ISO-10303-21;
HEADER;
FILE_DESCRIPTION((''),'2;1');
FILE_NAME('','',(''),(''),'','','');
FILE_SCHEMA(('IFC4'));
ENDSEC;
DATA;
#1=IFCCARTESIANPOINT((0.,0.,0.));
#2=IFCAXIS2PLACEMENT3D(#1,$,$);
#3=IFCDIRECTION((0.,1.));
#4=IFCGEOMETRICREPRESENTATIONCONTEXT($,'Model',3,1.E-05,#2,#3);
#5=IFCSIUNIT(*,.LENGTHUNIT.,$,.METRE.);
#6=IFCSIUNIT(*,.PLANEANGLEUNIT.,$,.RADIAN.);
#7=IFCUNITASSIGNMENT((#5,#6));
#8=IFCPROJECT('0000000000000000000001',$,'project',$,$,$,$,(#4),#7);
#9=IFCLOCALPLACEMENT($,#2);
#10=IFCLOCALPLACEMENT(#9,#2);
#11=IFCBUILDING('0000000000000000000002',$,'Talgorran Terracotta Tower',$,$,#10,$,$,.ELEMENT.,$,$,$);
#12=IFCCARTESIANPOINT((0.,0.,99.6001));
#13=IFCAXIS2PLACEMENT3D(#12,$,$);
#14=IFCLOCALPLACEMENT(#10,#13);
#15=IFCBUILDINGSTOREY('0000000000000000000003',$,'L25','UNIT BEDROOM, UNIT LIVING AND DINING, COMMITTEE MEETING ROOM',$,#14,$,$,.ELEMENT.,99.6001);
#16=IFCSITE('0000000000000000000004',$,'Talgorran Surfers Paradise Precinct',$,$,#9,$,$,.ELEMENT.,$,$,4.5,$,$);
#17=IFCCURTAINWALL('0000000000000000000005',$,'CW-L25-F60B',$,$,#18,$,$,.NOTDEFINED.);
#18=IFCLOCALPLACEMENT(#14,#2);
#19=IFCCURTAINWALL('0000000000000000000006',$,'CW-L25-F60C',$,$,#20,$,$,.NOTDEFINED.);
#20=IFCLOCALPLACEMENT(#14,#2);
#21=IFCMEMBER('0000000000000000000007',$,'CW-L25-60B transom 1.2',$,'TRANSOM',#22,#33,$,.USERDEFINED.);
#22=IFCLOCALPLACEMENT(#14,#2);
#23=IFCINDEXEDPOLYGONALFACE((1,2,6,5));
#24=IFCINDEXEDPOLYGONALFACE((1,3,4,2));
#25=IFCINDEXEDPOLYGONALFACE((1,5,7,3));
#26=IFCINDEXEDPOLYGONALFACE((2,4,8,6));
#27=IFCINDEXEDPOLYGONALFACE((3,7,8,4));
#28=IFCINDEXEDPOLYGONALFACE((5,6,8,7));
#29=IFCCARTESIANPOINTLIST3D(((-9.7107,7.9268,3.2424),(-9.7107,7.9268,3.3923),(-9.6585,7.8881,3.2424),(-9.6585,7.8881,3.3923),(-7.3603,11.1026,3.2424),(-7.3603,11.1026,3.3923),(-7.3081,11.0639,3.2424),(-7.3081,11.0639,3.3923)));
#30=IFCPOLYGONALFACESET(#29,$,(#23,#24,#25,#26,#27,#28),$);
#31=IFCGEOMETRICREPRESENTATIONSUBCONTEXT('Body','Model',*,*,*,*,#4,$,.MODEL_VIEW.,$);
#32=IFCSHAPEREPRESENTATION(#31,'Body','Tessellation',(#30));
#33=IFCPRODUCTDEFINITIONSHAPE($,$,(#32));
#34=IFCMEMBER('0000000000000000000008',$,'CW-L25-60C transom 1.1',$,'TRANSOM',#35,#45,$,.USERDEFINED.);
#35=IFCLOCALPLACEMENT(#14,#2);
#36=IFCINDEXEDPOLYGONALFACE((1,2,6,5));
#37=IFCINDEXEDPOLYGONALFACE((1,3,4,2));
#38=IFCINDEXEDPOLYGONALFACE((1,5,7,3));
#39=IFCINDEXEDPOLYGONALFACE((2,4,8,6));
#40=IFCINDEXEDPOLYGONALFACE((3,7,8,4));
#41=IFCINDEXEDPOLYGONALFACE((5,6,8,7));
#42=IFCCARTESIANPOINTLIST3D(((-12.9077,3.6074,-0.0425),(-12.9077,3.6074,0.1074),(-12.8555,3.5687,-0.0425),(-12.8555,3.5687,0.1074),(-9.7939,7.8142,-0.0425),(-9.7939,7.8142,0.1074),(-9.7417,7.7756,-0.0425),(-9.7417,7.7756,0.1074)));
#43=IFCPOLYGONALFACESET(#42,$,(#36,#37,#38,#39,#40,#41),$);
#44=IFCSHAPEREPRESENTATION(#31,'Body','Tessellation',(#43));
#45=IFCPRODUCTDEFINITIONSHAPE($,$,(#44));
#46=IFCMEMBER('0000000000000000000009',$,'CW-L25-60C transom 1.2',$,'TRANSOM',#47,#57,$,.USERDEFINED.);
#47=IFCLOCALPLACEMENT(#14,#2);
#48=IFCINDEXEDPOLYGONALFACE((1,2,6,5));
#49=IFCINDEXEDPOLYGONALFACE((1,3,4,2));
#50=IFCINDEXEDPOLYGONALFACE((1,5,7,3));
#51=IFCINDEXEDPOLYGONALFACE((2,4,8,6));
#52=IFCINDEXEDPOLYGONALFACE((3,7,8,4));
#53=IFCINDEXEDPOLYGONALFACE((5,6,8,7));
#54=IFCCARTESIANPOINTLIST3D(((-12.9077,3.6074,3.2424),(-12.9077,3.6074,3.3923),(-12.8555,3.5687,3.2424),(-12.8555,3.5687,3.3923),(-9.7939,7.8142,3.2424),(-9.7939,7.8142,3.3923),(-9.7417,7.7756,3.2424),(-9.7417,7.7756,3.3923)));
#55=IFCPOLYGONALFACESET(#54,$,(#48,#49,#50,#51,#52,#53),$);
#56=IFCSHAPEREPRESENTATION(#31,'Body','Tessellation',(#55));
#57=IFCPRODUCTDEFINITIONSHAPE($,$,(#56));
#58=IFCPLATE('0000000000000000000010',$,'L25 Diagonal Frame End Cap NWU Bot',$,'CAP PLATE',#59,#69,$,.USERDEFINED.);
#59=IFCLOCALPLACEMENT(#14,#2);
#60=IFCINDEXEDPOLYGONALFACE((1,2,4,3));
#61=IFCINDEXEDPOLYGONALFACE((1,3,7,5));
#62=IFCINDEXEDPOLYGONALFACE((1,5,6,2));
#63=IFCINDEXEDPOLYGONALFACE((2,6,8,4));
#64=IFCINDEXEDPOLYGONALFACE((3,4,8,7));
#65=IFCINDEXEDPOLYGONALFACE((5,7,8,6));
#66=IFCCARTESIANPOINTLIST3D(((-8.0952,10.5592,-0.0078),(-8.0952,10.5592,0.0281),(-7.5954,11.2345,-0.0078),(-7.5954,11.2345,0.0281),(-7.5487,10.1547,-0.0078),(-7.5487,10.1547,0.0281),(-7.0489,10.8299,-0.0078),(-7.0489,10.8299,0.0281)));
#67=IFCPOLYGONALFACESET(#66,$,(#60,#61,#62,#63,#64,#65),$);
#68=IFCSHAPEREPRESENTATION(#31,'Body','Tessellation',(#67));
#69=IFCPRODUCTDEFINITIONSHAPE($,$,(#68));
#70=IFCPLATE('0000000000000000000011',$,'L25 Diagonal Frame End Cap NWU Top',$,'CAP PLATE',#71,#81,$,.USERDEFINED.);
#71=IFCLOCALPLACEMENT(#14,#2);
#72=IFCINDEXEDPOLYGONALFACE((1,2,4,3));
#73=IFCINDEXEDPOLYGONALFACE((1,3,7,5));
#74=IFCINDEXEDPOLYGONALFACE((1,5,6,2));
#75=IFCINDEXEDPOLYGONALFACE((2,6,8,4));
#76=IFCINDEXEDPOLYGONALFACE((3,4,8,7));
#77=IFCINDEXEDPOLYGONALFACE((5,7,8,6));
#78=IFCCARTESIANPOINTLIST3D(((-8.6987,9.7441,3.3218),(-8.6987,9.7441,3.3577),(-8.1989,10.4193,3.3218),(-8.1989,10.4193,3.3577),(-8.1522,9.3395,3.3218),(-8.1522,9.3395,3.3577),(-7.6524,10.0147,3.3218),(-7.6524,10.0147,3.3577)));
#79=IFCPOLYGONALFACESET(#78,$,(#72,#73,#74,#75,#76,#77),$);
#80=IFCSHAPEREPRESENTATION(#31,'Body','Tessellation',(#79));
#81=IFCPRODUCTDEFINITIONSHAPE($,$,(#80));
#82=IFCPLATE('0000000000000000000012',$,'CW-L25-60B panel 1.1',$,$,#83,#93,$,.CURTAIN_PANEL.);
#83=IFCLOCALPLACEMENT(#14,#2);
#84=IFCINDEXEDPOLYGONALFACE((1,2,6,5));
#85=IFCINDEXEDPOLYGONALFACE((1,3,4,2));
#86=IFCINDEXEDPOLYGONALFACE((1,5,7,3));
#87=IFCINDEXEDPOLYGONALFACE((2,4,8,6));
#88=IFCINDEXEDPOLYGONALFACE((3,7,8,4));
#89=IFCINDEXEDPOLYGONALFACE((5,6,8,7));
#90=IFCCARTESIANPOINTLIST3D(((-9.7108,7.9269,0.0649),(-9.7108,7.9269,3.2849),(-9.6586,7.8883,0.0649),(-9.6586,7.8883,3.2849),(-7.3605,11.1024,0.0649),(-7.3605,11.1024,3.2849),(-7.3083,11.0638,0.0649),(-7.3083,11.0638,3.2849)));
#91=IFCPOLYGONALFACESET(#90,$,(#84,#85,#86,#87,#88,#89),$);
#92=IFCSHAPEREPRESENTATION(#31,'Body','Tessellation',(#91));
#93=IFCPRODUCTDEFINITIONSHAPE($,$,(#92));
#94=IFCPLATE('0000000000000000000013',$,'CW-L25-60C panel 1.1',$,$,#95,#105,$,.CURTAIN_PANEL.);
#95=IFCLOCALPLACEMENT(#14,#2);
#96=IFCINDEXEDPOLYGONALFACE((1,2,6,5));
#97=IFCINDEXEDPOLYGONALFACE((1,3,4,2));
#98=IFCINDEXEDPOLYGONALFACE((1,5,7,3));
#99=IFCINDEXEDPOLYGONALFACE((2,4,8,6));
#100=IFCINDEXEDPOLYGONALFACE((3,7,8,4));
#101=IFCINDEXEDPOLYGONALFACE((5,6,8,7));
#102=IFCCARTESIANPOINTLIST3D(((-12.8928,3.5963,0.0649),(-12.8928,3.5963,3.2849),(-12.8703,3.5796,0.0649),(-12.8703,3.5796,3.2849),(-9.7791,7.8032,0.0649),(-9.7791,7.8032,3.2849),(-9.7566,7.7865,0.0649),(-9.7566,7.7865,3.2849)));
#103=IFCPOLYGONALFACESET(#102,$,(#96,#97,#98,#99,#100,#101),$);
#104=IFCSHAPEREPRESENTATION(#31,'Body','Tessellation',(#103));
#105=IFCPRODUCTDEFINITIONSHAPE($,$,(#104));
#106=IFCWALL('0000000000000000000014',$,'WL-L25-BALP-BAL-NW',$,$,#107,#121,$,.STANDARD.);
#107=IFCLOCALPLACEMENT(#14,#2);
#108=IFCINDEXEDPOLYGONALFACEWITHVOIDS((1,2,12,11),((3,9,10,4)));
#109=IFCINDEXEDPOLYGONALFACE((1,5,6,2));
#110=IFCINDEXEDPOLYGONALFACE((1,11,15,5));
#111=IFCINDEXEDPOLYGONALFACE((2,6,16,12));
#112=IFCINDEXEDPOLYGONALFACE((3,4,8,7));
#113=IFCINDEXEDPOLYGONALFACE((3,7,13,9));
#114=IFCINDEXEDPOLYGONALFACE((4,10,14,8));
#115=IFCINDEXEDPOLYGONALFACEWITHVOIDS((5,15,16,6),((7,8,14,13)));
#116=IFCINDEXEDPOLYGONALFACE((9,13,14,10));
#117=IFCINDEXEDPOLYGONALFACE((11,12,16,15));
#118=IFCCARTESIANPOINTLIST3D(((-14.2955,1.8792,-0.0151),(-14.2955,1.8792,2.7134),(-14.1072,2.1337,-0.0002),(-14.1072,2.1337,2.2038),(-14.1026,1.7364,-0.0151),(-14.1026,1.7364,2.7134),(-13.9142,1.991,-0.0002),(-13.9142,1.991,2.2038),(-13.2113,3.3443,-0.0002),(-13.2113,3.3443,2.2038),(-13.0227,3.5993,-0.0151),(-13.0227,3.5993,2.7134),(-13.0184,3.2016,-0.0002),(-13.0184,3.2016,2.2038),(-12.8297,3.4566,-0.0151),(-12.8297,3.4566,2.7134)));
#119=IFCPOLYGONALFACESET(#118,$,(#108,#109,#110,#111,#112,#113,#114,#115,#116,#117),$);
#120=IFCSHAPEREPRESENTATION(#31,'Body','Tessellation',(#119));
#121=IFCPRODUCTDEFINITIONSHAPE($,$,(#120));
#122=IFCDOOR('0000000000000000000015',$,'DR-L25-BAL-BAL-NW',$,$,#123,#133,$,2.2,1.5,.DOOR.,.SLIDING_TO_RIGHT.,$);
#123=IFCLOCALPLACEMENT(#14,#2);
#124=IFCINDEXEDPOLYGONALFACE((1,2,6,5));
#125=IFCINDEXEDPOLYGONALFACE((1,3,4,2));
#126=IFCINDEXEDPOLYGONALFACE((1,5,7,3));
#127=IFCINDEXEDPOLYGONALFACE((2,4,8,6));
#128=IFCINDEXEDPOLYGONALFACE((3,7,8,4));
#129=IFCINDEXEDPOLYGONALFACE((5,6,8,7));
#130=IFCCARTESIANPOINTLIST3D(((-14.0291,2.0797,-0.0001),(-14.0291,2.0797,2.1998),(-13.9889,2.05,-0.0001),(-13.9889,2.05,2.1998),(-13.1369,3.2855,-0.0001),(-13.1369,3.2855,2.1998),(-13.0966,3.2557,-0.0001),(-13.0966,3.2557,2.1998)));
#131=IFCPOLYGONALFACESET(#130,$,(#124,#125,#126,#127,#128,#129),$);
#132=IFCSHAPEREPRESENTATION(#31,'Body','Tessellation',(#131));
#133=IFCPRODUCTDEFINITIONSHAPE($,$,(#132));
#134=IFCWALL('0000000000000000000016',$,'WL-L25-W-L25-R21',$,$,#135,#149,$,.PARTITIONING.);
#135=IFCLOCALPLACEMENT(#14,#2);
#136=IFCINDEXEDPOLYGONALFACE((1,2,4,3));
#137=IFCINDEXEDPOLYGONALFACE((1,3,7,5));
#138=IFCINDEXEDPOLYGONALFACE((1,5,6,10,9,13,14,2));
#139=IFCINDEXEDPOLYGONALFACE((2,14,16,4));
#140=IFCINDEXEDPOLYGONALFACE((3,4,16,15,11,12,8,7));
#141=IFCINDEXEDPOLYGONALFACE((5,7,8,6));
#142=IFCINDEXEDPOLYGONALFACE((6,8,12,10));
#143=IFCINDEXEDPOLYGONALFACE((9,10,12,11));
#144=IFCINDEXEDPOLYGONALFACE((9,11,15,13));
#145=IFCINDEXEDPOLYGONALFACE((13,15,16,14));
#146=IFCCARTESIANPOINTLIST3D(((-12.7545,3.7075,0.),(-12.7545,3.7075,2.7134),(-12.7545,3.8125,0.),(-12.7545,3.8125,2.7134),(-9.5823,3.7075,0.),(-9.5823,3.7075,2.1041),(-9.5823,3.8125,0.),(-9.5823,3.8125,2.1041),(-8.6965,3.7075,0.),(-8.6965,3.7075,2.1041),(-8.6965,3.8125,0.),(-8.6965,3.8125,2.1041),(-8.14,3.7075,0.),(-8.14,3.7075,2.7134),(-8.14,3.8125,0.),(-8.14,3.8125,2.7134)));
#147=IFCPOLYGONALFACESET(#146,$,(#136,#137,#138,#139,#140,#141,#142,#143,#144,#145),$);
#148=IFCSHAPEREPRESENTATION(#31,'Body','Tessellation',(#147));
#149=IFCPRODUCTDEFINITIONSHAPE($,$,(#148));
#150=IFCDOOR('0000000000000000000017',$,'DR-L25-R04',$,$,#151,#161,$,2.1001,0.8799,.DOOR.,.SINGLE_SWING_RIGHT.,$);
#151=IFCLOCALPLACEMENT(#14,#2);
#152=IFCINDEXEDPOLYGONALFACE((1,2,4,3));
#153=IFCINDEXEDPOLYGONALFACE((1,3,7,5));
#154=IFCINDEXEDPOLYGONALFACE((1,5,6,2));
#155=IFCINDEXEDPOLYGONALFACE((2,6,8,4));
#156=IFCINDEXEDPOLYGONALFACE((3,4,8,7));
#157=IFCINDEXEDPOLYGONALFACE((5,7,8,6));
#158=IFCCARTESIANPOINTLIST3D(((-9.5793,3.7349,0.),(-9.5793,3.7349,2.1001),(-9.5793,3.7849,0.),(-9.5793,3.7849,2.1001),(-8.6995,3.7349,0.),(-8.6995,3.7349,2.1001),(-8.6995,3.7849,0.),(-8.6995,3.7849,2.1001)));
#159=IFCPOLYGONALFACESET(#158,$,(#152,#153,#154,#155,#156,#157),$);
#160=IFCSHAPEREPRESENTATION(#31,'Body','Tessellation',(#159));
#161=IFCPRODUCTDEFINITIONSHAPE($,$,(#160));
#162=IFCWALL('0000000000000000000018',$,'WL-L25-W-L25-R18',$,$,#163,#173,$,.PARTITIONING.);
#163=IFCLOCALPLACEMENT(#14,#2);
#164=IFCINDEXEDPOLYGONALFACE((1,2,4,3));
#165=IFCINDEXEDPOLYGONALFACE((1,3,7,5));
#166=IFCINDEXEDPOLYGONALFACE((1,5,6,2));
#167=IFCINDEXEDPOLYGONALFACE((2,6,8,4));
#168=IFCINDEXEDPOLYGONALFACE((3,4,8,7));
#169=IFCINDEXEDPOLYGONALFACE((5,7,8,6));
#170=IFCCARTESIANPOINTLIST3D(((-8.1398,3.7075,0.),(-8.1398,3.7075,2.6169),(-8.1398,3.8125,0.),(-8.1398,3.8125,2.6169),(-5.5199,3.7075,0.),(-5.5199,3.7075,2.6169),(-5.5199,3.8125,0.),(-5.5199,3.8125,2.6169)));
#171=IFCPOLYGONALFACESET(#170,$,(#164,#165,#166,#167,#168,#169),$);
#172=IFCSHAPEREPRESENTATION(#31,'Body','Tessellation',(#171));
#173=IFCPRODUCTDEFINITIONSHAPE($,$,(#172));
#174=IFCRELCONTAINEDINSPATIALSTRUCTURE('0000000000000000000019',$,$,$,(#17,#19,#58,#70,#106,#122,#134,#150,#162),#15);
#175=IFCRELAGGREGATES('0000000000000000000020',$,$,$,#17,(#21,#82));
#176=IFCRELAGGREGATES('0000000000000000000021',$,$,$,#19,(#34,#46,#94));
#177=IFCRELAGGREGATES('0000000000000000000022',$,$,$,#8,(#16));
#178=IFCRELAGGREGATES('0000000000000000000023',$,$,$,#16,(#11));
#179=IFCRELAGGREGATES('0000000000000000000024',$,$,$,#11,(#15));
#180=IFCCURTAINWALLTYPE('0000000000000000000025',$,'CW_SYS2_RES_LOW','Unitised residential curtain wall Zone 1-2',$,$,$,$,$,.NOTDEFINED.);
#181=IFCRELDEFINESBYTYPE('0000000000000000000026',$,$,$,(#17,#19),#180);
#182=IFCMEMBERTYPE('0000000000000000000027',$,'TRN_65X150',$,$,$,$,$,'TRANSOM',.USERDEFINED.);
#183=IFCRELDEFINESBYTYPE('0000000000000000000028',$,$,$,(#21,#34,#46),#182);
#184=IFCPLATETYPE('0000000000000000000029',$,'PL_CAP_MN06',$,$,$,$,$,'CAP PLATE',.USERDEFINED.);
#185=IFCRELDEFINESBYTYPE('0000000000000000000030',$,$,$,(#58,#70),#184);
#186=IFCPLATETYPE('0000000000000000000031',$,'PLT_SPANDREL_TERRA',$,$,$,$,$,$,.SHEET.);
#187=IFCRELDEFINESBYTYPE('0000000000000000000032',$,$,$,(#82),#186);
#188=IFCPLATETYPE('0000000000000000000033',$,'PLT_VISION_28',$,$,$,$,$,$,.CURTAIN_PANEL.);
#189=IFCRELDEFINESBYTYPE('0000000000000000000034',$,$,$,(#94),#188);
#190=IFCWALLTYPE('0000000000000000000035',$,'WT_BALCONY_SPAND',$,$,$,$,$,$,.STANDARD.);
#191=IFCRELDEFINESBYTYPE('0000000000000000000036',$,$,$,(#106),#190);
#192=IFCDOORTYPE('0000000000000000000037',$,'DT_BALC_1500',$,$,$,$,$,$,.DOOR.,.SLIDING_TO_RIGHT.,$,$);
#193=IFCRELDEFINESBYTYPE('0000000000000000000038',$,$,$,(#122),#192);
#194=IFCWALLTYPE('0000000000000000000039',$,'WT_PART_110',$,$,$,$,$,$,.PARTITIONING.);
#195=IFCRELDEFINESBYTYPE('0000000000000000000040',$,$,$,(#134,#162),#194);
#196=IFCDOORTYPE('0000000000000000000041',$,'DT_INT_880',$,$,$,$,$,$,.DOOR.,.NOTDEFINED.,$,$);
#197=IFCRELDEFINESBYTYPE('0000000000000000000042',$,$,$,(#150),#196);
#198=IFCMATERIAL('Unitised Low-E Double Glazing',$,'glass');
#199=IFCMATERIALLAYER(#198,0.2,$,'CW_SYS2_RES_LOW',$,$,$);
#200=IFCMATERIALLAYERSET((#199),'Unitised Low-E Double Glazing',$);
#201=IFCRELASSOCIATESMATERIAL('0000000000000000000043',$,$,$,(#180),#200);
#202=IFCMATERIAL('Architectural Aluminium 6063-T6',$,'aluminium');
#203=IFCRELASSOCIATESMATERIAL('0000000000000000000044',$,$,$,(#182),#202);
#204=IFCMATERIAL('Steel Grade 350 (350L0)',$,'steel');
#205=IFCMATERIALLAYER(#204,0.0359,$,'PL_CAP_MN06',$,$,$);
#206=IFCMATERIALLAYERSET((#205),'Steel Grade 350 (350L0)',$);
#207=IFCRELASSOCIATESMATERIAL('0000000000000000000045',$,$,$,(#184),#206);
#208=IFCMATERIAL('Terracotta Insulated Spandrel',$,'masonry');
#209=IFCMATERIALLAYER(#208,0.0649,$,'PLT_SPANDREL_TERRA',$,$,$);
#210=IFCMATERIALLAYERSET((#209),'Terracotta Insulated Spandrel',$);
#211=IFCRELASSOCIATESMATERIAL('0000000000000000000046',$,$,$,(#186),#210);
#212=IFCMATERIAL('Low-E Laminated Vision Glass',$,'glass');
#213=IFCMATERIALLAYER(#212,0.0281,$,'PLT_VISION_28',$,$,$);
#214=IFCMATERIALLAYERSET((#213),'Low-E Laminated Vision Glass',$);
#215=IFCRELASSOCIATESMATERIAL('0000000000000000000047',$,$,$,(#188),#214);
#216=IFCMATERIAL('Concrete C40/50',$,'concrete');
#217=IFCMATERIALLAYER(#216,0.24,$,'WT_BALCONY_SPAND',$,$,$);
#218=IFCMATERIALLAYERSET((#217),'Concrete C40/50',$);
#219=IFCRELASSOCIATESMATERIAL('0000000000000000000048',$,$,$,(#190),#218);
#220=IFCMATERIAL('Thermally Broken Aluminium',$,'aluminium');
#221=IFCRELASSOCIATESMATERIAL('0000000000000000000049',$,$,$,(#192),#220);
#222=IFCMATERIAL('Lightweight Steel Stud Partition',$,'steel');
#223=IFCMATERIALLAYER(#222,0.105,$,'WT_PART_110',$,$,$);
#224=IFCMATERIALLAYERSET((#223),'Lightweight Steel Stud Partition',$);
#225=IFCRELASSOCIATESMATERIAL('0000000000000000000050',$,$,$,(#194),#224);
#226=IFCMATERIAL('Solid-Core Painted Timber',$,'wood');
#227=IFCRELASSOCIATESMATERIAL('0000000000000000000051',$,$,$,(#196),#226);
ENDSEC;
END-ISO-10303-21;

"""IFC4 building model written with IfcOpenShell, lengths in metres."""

from ifc_helpers import new_model, si_unit, direction, frame, frame_2d, origin, origin_2d, place, context, subcontext, project, spatial, rectangle, extrude, source, transform, mapped, material, layer, layer_set, material_profile, profile_set, type_object, type_shapes, element, fill, aggregate, save


model = new_model("IFC4")

# Units and contexts
model_context = context("Model", 3, precision=1e-05, world=origin(), true_north=direction((0.0, 1.0)))
body_context = subcontext(model_context, "Body", "Model", "MODEL_VIEW")
ifc_project = project(units=[si_unit("LENGTHUNIT", "METRE"), si_unit("PLANEANGLEUNIT", "RADIAN")], contexts=[model_context])

# Site, building, storey
site_placement = place(None, origin())
site = spatial("IfcSite", under=ifc_project, at=site_placement, Name="Talgorran Surfers Paradise Precinct", CompositionType="ELEMENT", RefElevation=4.5)
building_placement = place(site_placement, origin())
building = spatial("IfcBuilding", under=site, at=building_placement, Name="Talgorran Terracotta Tower", CompositionType="ELEMENT")
storey_placement = place(building_placement, frame((0.0, 0.0, 99.6001)))
storey = spatial("IfcBuildingStorey", under=building, at=storey_placement, Name="L25", Description="UNIT BEDROOM, UNIT LIVING AND DINING, COMMITTEE MEETING ROOM", CompositionType="ELEMENT", Elevation=99.6001)

# Shared definitions
ifc_material_1 = material(Name="Steel Grade 350 (350L0)", Category="steel")

# Curtain walls
ifc_material_2 = material(Name="Unitised Low-E Double Glazing", Category="glass")
ifc_layer_1 = layer(ifc_material_2, 0.2, Name="CW_SYS2_RES_LOW")
ifc_layer_set_1 = layer_set([ifc_layer_1], Name="Unitised Low-E Double Glazing")
curtain_wall_type = type_object("IfcCurtainWallType", Name="CW_SYS2_RES_LOW", Description="Unitised residential curtain wall Zone 1-2", PredefinedType="NOTDEFINED", material=ifc_layer_set_1)
curtain_wall_1_placement = place(storey_placement, origin())
curtain_wall_1 = element("IfcCurtainWall", 1, at=curtain_wall_1_placement, inside=storey, type_object=curtain_wall_type, Name="CW-L25-F60B", PredefinedType="NOTDEFINED")
ifc_material_3 = material(Name="Architectural Aluminium 6063-T6", Category="aluminium")
curtain_wall_2_placement = place(storey_placement, origin())
curtain_wall_2 = element("IfcCurtainWall", 2, at=curtain_wall_2_placement, inside=storey, type_object=curtain_wall_type, Name="CW-L25-F60C", PredefinedType="NOTDEFINED")

# Members
ifc_material_profile_1 = material_profile(ifc_material_3, rectangle(XDim=0.0649, YDim=0.1499, at=origin_2d()), Name="CWT65X150")
ifc_profile_set_1 = profile_set([ifc_material_profile_1], Name="Architectural Aluminium 6063-T6")
member_type_1 = type_object("IfcMemberType", Name="TRN_65X150", ElementType="TRANSOM", PredefinedType="USERDEFINED", material=ifc_profile_set_1)
member_1_placement = place(storey_placement, frame((-7.3342, 11.0833, 3.3174), z_axis=(-0.594886, -0.80381, 0.0), x_axis=(0.80381, -0.594886, 0.0)))
member_1 = element("IfcMember", 3, at=member_1_placement, type_object=member_type_1, Name="CW-L25-60B transom 1.2", ObjectType="TRANSOM", PredefinedType="USERDEFINED", context=body_context, shape_type="SweptSolid", body=[
    extrude(rectangle(XDim=0.0649, YDim=0.1499, at=origin_2d()), origin(), (0.0, 0.0, 1.0), 3.9509),
])
member_2_placement = place(storey_placement, frame((-9.7678, 7.7949, 0.0325), z_axis=(-0.594935, -0.803774, 0.0), x_axis=(0.803774, -0.594935, 0.0)))
member_2 = element("IfcMember", 4, at=member_2_placement, type_object=member_type_1, Name="CW-L25-60C transom 1.1", ObjectType="TRANSOM", PredefinedType="USERDEFINED", context=body_context, shape_type="SweptSolid", body=[
    extrude(rectangle(XDim=0.0649, YDim=0.1499, at=origin_2d()), origin(), (0.0, 0.0, 1.0), 5.2339),
])
member_3_placement = place(storey_placement, frame((-9.7678, 7.7949, 3.3174), z_axis=(-0.594935, -0.803774, 0.0), x_axis=(0.803774, -0.594935, 0.0)))
member_3 = element("IfcMember", 5, at=member_3_placement, type_object=member_type_1, Name="CW-L25-60C transom 1.2", ObjectType="TRANSOM", PredefinedType="USERDEFINED", context=body_context, shape_type="SweptSolid", body=[
    extrude(rectangle(XDim=0.0649, YDim=0.1499, at=origin_2d()), origin(), (0.0, 0.0, 1.0), 5.2339),
])

# Plates
ifc_layer_2 = layer(ifc_material_1, 0.0359, Name="PL_CAP_MN06")
ifc_layer_set_2 = layer_set([ifc_layer_2], Name="Steel Grade 350 (350L0)")
plate_type_1 = type_object("IfcPlateType", Name="PL_CAP_MN06", ElementType="CAP PLATE", PredefinedType="USERDEFINED", material=ifc_layer_set_2)
for number, where, z_axis, x_axis, name in (
    (6, (-7.572, 10.6946, -0.0078), (0.0, 0.0, 1.0), (-0.594963, -0.803753, 0.0), "L25 Diagonal Frame End Cap NWU Bot"),
    (7, (-8.1755, 9.8794, 3.3218), (0.0, 0.0, 1.0), (-0.594963, -0.803753, 0.0), "L25 Diagonal Frame End Cap NWU Top"),
):
    element("IfcPlate", number, at=place(storey_placement, frame(where, z_axis=z_axis, x_axis=x_axis)), inside=storey, type_object=plate_type_1, Name=name, ObjectType="CAP PLATE", PredefinedType="USERDEFINED", context=body_context, shape_type="SweptSolid", body=[
        extrude(rectangle(XDim=0.8401, YDim=0.6799, at=origin_2d()), origin(), (0.0, 0.0, 1.0), 0.0359),
    ])

# Plates
ifc_material_4 = material(Name="Terracotta Insulated Spandrel", Category="masonry")
ifc_layer_3 = layer(ifc_material_4, 0.0649, Name="PLT_SPANDREL_TERRA")
ifc_layer_set_3 = layer_set([ifc_layer_3], Name="Terracotta Insulated Spandrel")
plate_type_2 = type_object("IfcPlateType", Name="PLT_SPANDREL_TERRA", PredefinedType="SHEET", material=ifc_layer_set_3)
shared_shape_1 = source(origin(), body_context, "Body", "SweptSolid", [
    extrude(rectangle(XDim=3.9507, YDim=0.0649, at=origin_2d()), origin(), (0.0, 0.0, 1.0), 3.22),
])
type_shapes(plate_type_2, [shared_shape_1])
plate_1_placement = place(storey_placement, frame((-8.5095, 9.4954, 0.0649), z_axis=(0.0, 0.0, 1.0), x_axis=(-0.59491, -0.803792, 0.0)))
plate_1 = element("IfcPlate", 8, at=plate_1_placement, type_object=plate_type_2, Name="CW-L25-60B panel 1.1", PredefinedType="CURTAIN_PANEL", context=body_context, shape_type="MappedRepresentation", body=[
    mapped(shared_shape_1, transform((0.0, 0.0, 0.0), scale=1.0)),
])
aggregate(curtain_wall_1, [member_1, plate_1])
ifc_material_5 = material(Name="Low-E Laminated Vision Glass", Category="glass")
ifc_layer_4 = layer(ifc_material_5, 0.0281, Name="PLT_VISION_28")
ifc_layer_set_4 = layer_set([ifc_layer_4], Name="Low-E Laminated Vision Glass")
plate_type_3 = type_object("IfcPlateType", Name="PLT_VISION_28", PredefinedType="CURTAIN_PANEL", material=ifc_layer_set_4)
shared_shape_2 = source(origin(), body_context, "Body", "SweptSolid", [
    extrude(rectangle(XDim=5.2339, YDim=0.0281, at=origin_2d()), origin(), (0.0, 0.0, 1.0), 3.22),
])
type_shapes(plate_type_3, [shared_shape_2])
plate_2_placement = place(storey_placement, frame((-11.3247, 5.6914, 0.0649), z_axis=(0.0, 0.0, 1.0), x_axis=(-0.594911, -0.803792, 0.0)))
plate_2 = element("IfcPlate", 9, at=plate_2_placement, type_object=plate_type_3, Name="CW-L25-60C panel 1.1", PredefinedType="CURTAIN_PANEL", context=body_context, shape_type="MappedRepresentation", body=[
    mapped(shared_shape_2, transform((0.0, 0.0, 0.0), scale=1.0)),
])
aggregate(curtain_wall_2, [member_2, member_3, plate_2])

# Walls, openings, doors
ifc_material_6 = material(Name="Concrete C40/50", Category="concrete")
ifc_layer_5 = layer(ifc_material_6, 0.24, Name="WT_BALCONY_SPAND")
ifc_layer_set_5 = layer_set([ifc_layer_5], Name="Concrete C40/50")
wall_type_1 = type_object("IfcWallType", Name="WT_BALCONY_SPAND", PredefinedType="STANDARD", material=ifc_layer_set_5)
wall_1_placement = place(storey_placement, frame((-12.9263, 3.5278, -0.0151), z_axis=(0.0, 0.0, 1.0), x_axis=(-0.59484, -0.803844, 0.0)))
wall_1 = element("IfcWall", 10, at=wall_1_placement, inside=storey, type_object=wall_type_1, Name="WL-L25-BALP-BAL-NW", PredefinedType="STANDARD", context=body_context, shape_type="SweptSolid", body=[
    extrude(rectangle(XDim=2.1399, YDim=0.24, at=frame_2d((1.0698, 0.0))), origin(), (0.0, 0.0, 1.0), 2.7285),
])
opening_1_placement = place(wall_1_placement, frame((0.3201, 0.0, 0.0149)))
opening_1 = element("IfcOpeningElement", 11, at=opening_1_placement, cuts=wall_1, PredefinedType="OPENING", context=body_context, shape_type="SweptSolid", body=[
    extrude(rectangle(XDim=1.506, YDim=2.204, at=frame_2d((0.75, 1.1021))), frame((0.0, 0.1299, 0.0), z_axis=(0.0, -1.0, 0.0), x_axis=(1.0, 0.0, 0.0)), (0.0, 0.0, 1.0), 0.26),
])
ifc_material_7 = material(Name="Thermally Broken Aluminium", Category="aluminium")
door_type_1 = type_object("IfcDoorType", Name="DT_BALC_1500", OperationType="SLIDING_TO_RIGHT", PredefinedType="DOOR", material=ifc_material_7)
door_1_placement = place(opening_1_placement, origin())
door_1 = element("IfcDoor", 12, at=door_1_placement, inside=storey, type_object=door_type_1, Name="DR-L25-BAL-BAL-NW", OperationType="SLIDING_TO_RIGHT", OverallHeight=2.2, OverallWidth=1.5, PredefinedType="DOOR", context=body_context, shape_type="SweptSolid", body=[
    extrude(rectangle(XDim=1.5, YDim=2.2, at=frame_2d((0.75, 1.1001))), frame((0.0, 0.0249, 0.0), z_axis=(0.0, -1.0, 0.0), x_axis=(1.0, 0.0, 0.0)), (0.0, 0.0, 1.0), 0.05),
])
fill(opening_1, door_1)
ifc_material_8 = material(Name="Lightweight Steel Stud Partition", Category="steel")
ifc_layer_6 = layer(ifc_material_8, 0.105, Name="WT_PART_110")
ifc_layer_set_6 = layer_set([ifc_layer_6], Name="Lightweight Steel Stud Partition")
wall_type_2 = type_object("IfcWallType", Name="WT_PART_110", PredefinedType="PARTITIONING", material=ifc_layer_set_6)
wall_2_placement = place(storey_placement, frame((-12.7544, 3.76, 0.0), z_axis=(0.0, 0.0, 1.0), x_axis=(1.0, 0.0, 0.0)))
wall_2 = element("IfcWall", 13, at=wall_2_placement, inside=storey, type_object=wall_type_2, Name="WL-L25-W-L25-R21", PredefinedType="PARTITIONING", context=body_context, shape_type="SweptSolid", body=[
    extrude(rectangle(XDim=4.6145, YDim=0.105, at=frame_2d((2.3071, 0.0))), origin(), (0.0, 0.0, 1.0), 2.7134),
])
opening_2_placement = place(wall_2_placement, frame((3.175, 0.0, 0.0)))
opening_2 = element("IfcOpeningElement", 14, at=opening_2_placement, cuts=wall_2, PredefinedType="OPENING", context=body_context, shape_type="SweptSolid", body=[
    extrude(rectangle(XDim=0.8859, YDim=2.1041, at=frame_2d((0.4399, 1.052))), frame((0.0, 0.0625, 0.0), z_axis=(0.0, -1.0, 0.0), x_axis=(1.0, 0.0, 0.0)), (0.0, 0.0, 1.0), 0.125),
])
ifc_material_9 = material(Name="Solid-Core Painted Timber", Category="wood")
door_type_2 = type_object("IfcDoorType", Name="DT_INT_880", OperationType="NOTDEFINED", PredefinedType="DOOR", material=ifc_material_9)
door_2_placement = place(opening_2_placement, origin())
door_2 = element("IfcDoor", 15, at=door_2_placement, inside=storey, type_object=door_type_2, Name="DR-L25-R04", OperationType="SINGLE_SWING_RIGHT", OverallHeight=2.1001, OverallWidth=0.8799, PredefinedType="DOOR", context=body_context, shape_type="SweptSolid", body=[
    extrude(rectangle(XDim=0.8799, YDim=2.1001, at=frame_2d((0.4399, 1.05))), frame((0.0, 0.0249, 0.0), z_axis=(0.0, -1.0, 0.0), x_axis=(1.0, 0.0, 0.0)), (0.0, 0.0, 1.0), 0.05),
])
fill(opening_2, door_2)

# Wall
wall_3_placement = place(storey_placement, frame((-8.1399, 3.76, 0.0), z_axis=(0.0, 0.0, 1.0), x_axis=(1.0, 0.0, 0.0)))
element("IfcWall", 16, at=wall_3_placement, inside=storey, type_object=wall_type_2, Name="WL-L25-W-L25-R18", PredefinedType="PARTITIONING", context=body_context, shape_type="SweptSolid", body=[
    extrude(rectangle(XDim=2.6199, YDim=0.105, at=frame_2d((1.3101, 0.0))), origin(), (0.0, 0.0, 1.0), 2.6169),
])

save(model, "model.ifc")
